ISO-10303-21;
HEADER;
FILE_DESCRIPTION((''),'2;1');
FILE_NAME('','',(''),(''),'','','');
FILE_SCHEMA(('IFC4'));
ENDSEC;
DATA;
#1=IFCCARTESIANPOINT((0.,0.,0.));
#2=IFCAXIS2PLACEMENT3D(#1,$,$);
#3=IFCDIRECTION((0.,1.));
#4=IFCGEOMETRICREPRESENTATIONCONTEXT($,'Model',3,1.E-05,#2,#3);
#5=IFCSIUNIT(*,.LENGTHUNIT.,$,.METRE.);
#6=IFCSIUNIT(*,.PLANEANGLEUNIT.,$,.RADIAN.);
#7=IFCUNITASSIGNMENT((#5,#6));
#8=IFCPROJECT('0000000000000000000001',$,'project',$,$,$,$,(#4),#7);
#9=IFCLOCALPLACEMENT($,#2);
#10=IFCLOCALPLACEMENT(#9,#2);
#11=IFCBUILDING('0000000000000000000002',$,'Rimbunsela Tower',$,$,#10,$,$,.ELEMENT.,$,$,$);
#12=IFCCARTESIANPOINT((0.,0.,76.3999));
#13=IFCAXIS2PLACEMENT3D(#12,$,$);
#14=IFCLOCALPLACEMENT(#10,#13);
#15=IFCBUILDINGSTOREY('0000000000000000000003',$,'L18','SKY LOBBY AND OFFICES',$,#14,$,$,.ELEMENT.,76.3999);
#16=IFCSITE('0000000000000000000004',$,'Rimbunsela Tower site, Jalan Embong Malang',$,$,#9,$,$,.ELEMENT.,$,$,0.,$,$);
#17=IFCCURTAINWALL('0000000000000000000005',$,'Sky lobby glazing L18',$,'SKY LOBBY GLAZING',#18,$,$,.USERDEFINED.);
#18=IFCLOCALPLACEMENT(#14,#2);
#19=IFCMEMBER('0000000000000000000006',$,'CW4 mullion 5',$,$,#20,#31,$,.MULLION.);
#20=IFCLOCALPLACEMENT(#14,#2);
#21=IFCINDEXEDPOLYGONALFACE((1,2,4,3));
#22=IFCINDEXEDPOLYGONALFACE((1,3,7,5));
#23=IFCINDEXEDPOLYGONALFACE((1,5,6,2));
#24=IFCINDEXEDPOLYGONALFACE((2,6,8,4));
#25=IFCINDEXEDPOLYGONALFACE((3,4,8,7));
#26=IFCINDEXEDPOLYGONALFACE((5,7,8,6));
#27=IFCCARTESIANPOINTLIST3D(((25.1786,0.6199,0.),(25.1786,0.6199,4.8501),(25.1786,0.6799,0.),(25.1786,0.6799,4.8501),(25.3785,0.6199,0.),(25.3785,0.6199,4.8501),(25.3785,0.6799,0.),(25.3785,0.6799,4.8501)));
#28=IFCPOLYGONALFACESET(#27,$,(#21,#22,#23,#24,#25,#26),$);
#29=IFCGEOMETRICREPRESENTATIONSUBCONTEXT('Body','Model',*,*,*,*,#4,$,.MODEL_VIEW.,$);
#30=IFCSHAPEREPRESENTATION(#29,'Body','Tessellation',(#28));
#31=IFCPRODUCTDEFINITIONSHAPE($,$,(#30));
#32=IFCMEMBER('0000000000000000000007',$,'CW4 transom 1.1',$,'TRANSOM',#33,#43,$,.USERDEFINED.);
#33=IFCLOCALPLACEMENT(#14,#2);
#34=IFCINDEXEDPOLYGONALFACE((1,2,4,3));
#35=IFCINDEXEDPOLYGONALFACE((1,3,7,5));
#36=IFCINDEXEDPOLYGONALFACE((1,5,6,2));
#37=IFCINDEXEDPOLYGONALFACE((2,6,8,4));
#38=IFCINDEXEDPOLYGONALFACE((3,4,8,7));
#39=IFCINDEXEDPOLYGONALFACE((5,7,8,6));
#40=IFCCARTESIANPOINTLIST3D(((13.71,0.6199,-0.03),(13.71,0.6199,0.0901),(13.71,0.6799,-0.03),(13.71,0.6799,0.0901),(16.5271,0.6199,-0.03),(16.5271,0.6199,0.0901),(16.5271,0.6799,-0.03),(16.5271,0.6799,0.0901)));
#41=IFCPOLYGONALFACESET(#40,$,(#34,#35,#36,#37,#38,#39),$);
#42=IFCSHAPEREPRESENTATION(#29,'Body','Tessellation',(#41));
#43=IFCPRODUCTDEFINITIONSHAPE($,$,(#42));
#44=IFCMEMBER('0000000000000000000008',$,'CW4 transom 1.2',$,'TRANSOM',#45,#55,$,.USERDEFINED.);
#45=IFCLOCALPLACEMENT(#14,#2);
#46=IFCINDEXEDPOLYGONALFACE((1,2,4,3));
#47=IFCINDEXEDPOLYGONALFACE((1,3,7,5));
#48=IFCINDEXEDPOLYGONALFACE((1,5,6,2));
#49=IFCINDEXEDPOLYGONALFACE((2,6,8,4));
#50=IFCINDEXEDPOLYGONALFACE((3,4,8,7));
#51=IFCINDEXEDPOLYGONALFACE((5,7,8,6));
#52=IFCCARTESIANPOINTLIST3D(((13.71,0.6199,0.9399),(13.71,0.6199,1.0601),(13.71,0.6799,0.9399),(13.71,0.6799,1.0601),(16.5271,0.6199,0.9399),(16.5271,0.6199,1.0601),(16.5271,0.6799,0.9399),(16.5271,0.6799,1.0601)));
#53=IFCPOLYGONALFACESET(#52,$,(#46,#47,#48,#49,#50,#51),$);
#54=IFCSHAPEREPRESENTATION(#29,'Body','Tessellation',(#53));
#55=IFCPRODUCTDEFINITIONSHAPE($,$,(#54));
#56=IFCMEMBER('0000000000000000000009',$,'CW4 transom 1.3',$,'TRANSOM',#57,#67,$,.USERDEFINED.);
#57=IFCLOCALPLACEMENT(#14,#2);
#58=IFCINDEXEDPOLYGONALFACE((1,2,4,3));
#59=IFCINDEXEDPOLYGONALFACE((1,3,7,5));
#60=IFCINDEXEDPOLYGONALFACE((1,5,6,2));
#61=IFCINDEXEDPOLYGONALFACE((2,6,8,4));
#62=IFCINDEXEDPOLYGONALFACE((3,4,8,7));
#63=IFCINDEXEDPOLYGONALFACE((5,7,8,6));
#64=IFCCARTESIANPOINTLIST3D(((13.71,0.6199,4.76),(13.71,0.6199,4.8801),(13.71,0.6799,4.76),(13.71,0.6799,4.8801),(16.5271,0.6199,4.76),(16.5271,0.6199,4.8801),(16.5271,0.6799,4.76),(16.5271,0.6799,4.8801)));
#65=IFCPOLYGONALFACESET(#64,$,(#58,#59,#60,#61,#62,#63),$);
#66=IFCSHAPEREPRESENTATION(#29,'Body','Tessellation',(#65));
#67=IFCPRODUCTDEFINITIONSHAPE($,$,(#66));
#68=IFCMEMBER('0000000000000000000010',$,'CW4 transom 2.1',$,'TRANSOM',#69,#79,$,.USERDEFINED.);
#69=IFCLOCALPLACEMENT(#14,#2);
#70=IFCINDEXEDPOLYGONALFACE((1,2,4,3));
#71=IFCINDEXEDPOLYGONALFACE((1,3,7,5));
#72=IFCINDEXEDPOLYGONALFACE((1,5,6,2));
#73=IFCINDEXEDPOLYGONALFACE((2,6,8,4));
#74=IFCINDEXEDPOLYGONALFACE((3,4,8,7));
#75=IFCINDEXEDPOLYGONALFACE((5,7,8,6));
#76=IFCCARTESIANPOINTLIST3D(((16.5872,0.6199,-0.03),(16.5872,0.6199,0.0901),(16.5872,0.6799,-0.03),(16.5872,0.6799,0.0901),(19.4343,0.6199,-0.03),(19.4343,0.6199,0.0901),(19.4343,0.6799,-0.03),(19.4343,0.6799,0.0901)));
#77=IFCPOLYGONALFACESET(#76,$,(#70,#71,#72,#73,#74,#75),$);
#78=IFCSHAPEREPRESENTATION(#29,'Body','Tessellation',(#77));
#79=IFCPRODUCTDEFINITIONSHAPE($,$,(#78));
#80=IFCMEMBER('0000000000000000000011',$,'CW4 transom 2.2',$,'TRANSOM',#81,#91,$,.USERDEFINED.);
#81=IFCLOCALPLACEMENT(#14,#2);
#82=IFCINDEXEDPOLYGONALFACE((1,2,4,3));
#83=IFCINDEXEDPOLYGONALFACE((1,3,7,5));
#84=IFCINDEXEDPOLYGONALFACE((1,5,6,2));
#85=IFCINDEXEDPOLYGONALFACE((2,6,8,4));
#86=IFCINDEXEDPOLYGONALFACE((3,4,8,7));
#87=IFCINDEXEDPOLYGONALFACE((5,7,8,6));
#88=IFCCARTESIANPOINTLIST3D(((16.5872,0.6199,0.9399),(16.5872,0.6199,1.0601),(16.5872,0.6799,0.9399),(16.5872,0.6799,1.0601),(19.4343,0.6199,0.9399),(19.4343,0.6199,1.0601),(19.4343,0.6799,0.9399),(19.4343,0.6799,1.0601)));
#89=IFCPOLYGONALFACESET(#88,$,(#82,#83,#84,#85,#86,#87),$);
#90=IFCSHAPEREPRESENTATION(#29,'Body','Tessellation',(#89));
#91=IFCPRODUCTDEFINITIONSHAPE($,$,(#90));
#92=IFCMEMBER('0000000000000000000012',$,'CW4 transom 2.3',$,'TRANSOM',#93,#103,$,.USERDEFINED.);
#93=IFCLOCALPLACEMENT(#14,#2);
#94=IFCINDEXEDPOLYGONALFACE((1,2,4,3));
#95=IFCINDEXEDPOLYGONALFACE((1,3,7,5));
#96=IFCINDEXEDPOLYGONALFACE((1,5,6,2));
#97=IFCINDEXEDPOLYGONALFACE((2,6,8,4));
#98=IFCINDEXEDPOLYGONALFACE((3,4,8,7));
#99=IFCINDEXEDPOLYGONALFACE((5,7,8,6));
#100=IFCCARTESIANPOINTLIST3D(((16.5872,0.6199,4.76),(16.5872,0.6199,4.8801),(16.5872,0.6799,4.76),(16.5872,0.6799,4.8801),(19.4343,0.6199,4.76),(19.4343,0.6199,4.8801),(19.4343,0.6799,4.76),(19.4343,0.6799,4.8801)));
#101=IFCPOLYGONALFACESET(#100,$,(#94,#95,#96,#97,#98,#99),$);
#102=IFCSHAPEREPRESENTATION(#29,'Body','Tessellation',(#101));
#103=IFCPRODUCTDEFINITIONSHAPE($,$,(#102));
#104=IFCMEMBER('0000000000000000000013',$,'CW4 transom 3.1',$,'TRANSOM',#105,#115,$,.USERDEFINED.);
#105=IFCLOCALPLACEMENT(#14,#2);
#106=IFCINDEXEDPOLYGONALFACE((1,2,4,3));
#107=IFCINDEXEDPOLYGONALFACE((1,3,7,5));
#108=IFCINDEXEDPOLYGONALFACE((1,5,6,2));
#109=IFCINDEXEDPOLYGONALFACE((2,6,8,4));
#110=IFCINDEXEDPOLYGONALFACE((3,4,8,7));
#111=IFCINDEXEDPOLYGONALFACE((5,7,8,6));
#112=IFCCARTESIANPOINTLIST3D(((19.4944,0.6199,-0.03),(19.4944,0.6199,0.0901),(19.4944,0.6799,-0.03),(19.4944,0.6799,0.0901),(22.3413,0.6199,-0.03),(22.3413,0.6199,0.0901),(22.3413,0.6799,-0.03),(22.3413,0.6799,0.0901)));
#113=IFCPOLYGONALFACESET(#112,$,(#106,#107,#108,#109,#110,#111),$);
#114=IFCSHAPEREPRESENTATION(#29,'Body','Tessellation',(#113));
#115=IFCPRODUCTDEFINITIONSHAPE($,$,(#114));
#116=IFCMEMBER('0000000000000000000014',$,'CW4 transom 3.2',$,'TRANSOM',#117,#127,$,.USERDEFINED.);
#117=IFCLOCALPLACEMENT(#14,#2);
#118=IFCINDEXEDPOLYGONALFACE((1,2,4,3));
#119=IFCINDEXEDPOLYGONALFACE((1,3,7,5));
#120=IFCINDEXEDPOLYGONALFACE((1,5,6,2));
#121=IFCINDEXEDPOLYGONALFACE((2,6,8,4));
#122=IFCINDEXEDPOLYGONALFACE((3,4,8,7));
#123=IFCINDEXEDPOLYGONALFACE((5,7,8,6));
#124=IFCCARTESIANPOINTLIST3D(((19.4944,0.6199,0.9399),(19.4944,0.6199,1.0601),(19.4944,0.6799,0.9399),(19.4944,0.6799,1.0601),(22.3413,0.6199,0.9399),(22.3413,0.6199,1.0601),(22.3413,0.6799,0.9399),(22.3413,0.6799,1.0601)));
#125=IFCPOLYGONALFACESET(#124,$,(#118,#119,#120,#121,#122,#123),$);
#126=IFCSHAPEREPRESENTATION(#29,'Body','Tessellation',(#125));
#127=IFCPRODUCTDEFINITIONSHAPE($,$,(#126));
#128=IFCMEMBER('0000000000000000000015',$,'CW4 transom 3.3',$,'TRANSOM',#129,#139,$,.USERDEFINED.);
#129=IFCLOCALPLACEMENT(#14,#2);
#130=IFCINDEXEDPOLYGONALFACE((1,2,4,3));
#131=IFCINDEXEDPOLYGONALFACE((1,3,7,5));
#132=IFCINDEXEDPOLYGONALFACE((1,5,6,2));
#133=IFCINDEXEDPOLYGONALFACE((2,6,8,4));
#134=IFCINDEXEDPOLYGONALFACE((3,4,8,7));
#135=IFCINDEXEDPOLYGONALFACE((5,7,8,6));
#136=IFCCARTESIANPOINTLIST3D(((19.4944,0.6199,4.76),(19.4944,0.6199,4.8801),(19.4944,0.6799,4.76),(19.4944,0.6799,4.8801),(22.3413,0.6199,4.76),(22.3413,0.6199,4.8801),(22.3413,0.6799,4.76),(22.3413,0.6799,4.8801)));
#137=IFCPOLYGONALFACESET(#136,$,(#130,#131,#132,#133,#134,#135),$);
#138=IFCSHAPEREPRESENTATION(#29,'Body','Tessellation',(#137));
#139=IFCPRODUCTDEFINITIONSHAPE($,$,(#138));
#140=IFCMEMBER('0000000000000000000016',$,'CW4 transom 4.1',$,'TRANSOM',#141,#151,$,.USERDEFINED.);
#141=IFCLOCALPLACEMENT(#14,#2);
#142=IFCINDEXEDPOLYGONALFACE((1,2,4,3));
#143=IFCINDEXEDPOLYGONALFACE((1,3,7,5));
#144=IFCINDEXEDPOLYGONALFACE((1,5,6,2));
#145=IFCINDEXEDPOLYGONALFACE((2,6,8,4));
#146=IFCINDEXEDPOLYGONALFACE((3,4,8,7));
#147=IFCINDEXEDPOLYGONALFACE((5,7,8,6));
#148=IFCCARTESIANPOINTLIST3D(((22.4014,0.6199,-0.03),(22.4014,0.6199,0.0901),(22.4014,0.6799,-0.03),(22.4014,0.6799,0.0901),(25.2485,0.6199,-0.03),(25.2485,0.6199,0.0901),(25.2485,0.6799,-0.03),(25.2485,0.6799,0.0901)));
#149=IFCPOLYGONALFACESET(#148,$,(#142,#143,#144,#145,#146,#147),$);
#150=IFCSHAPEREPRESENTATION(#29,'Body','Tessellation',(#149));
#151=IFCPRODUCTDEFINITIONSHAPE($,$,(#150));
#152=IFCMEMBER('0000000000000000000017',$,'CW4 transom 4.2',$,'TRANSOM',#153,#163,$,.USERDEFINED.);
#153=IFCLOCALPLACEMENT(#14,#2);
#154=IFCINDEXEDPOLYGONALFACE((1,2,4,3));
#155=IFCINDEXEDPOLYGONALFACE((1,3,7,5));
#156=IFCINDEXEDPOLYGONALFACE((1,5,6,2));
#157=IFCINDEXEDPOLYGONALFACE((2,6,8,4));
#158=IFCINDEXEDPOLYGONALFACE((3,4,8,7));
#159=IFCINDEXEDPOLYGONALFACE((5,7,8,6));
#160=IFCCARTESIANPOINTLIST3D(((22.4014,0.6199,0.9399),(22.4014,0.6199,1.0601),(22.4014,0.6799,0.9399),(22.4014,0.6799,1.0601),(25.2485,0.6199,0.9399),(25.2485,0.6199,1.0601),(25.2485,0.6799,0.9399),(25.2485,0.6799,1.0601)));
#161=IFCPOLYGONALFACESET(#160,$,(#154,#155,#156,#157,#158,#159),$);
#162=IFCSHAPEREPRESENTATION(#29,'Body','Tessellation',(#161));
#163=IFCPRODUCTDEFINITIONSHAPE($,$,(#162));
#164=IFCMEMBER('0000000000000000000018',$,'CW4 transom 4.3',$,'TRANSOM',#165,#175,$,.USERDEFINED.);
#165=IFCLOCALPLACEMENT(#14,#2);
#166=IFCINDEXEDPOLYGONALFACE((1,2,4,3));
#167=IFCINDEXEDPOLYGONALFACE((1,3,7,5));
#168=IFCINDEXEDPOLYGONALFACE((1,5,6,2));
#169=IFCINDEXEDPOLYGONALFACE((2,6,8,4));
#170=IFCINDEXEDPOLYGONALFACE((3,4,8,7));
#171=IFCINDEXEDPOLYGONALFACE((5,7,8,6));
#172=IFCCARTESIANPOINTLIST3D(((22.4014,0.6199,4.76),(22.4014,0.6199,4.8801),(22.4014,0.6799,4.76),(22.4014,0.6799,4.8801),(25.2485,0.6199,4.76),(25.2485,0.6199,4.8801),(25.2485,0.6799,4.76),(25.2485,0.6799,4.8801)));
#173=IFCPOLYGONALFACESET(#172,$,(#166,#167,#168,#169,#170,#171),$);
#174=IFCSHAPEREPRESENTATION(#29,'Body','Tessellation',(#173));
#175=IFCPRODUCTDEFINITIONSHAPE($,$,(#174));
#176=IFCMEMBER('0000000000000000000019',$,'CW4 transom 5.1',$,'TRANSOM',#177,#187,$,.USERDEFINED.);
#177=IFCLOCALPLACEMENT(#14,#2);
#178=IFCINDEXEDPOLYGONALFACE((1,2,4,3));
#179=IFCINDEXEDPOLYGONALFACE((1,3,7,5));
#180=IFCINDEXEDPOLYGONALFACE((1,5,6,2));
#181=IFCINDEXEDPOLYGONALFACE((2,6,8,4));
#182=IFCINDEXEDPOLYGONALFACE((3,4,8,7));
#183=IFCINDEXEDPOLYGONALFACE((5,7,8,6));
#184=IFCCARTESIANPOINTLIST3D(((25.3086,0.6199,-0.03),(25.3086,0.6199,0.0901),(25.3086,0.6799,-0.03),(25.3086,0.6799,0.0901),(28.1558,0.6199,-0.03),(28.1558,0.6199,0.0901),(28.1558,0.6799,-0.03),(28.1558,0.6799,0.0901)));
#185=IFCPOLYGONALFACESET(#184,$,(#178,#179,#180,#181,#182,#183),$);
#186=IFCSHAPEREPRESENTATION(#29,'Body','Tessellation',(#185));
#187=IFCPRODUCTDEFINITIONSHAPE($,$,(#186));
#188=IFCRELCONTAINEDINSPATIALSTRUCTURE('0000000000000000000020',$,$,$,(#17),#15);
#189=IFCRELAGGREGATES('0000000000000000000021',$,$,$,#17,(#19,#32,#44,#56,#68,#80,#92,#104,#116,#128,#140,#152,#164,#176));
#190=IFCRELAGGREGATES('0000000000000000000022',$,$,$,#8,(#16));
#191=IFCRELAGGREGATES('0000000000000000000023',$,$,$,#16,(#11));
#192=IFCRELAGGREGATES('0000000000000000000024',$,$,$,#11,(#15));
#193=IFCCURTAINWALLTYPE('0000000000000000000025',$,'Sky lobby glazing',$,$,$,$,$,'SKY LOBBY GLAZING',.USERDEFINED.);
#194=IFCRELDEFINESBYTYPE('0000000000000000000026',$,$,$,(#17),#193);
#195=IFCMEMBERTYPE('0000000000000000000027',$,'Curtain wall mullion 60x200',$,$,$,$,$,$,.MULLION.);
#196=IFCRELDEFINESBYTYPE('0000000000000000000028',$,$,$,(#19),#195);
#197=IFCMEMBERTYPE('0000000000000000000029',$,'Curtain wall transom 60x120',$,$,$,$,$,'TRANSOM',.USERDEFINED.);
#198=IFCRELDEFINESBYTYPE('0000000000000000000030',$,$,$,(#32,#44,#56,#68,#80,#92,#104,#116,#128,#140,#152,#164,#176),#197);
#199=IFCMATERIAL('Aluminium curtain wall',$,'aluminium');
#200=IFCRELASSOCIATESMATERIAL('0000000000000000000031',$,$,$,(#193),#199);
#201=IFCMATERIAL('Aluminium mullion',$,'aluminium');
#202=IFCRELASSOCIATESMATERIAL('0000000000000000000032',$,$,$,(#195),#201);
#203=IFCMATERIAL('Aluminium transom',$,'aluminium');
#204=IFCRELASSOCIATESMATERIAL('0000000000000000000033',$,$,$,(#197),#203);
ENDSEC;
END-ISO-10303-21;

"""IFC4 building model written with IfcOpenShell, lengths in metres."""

from ifc_helpers import new_model, si_unit, direction, frame, origin, origin_2d, place, context, subcontext, project, spatial, rectangle, extrude, material, material_profile, profile_set, type_object, element, aggregate, save


model = new_model("IFC4")

# Units and contexts
model_context = context("Model", 3, precision=1e-05, world=origin(), true_north=direction((0.0, 1.0)))
body_context = subcontext(model_context, "Body", "Model", "MODEL_VIEW")
ifc_project = project(units=[si_unit("LENGTHUNIT", "METRE"), si_unit("PLANEANGLEUNIT", "RADIAN")], contexts=[model_context])

# Site, building, storey
site_placement = place(None, origin())
site = spatial("IfcSite", under=ifc_project, at=site_placement, Name="Rimbunsela Tower site, Jalan Embong Malang", CompositionType="ELEMENT", RefElevation=0.0)
building_placement = place(site_placement, origin())
building = spatial("IfcBuilding", under=site, at=building_placement, Name="Rimbunsela Tower", CompositionType="ELEMENT")
storey_placement = place(building_placement, frame((0.0, 0.0, 76.3999)))
storey = spatial("IfcBuildingStorey", under=building, at=storey_placement, Name="L18", Description="SKY LOBBY AND OFFICES", CompositionType="ELEMENT", Elevation=76.3999)

# Curtain wall, members
ifc_material_1 = material(Name="Aluminium curtain wall", Category="aluminium")
curtain_wall_type = type_object("IfcCurtainWallType", Name="Sky lobby glazing", ElementType="SKY LOBBY GLAZING", PredefinedType="USERDEFINED", material=ifc_material_1)
curtain_wall_placement = place(storey_placement, origin())
curtain_wall = element("IfcCurtainWall", 1, at=curtain_wall_placement, inside=storey, type_object=curtain_wall_type, Name="Sky lobby glazing L18", ObjectType="SKY LOBBY GLAZING", PredefinedType="USERDEFINED")
ifc_material_2 = material(Name="Aluminium mullion", Category="aluminium")
ifc_material_profile_1 = material_profile(ifc_material_2, rectangle(XDim=0.0601, YDim=0.2, at=origin_2d()), Name="Mullion 60x200")
ifc_profile_set_1 = profile_set([ifc_material_profile_1], Name="Aluminium mullion")
member_type_1 = type_object("IfcMemberType", Name="Curtain wall mullion 60x200", PredefinedType="MULLION", material=ifc_profile_set_1)
member_1_placement = place(storey_placement, frame((25.2786, 0.6499, 0.0), z_axis=(0.0, 0.0, 1.0), x_axis=(0.0, 1.0, 0.0)))
member_1 = element("IfcMember", 2, at=member_1_placement, type_object=member_type_1, Name="CW4 mullion 5", PredefinedType="MULLION", context=body_context, shape_type="SweptSolid", body=[
    extrude(rectangle(XDim=0.0601, YDim=0.2, at=origin_2d()), origin(), (0.0, 0.0, 1.0), 4.8501),
])
ifc_material_3 = material(Name="Aluminium transom", Category="aluminium")
ifc_material_profile_2 = material_profile(ifc_material_3, rectangle(XDim=0.0601, YDim=0.1201, at=origin_2d()), Name="Transom 60x120")
ifc_profile_set_2 = profile_set([ifc_material_profile_2], Name="Aluminium transom")
member_type_2 = type_object("IfcMemberType", Name="Curtain wall transom 60x120", ElementType="TRANSOM", PredefinedType="USERDEFINED", material=ifc_profile_set_2)
member_2_placement = place(storey_placement, frame((13.71, 0.6499, 0.03), z_axis=(1.0, 0.0, 0.0), x_axis=(0.0, 1.0, 0.0)))
member_2 = element("IfcMember", 3, at=member_2_placement, type_object=member_type_2, Name="CW4 transom 1.1", ObjectType="TRANSOM", PredefinedType="USERDEFINED", context=body_context, shape_type="SweptSolid", body=[
    extrude(rectangle(XDim=0.0601, YDim=0.1201, at=origin_2d()), origin(), (0.0, 0.0, 1.0), 2.8171),
])
member_3_placement = place(storey_placement, frame((13.71, 0.6499, 1.0), z_axis=(1.0, 0.0, 0.0), x_axis=(0.0, 1.0, 0.0)))
member_3 = element("IfcMember", 4, at=member_3_placement, type_object=member_type_2, Name="CW4 transom 1.2", ObjectType="TRANSOM", PredefinedType="USERDEFINED", context=body_context, shape_type="SweptSolid", body=[
    extrude(rectangle(XDim=0.0601, YDim=0.1201, at=origin_2d()), origin(), (0.0, 0.0, 1.0), 2.8171),
])
member_4_placement = place(storey_placement, frame((13.71, 0.6499, 4.8201), z_axis=(1.0, 0.0, 0.0), x_axis=(0.0, 1.0, 0.0)))
member_4 = element("IfcMember", 5, at=member_4_placement, type_object=member_type_2, Name="CW4 transom 1.3", ObjectType="TRANSOM", PredefinedType="USERDEFINED", context=body_context, shape_type="SweptSolid", body=[
    extrude(rectangle(XDim=0.0601, YDim=0.1201, at=origin_2d()), origin(), (0.0, 0.0, 1.0), 2.8171),
])
member_5_placement = place(storey_placement, frame((16.5872, 0.6499, 0.03), z_axis=(1.0, 0.0, 0.0), x_axis=(0.0, 1.0, 0.0)))
member_5 = element("IfcMember", 6, at=member_5_placement, type_object=member_type_2, Name="CW4 transom 2.1", ObjectType="TRANSOM", PredefinedType="USERDEFINED", context=body_context, shape_type="SweptSolid", body=[
    extrude(rectangle(XDim=0.0601, YDim=0.1201, at=origin_2d()), origin(), (0.0, 0.0, 1.0), 2.8472),
])
member_6_placement = place(storey_placement, frame((16.5872, 0.6499, 1.0), z_axis=(1.0, 0.0, 0.0), x_axis=(0.0, 1.0, 0.0)))
member_6 = element("IfcMember", 7, at=member_6_placement, type_object=member_type_2, Name="CW4 transom 2.2", ObjectType="TRANSOM", PredefinedType="USERDEFINED", context=body_context, shape_type="SweptSolid", body=[
    extrude(rectangle(XDim=0.0601, YDim=0.1201, at=origin_2d()), origin(), (0.0, 0.0, 1.0), 2.8472),
])
member_7_placement = place(storey_placement, frame((16.5872, 0.6499, 4.8201), z_axis=(1.0, 0.0, 0.0), x_axis=(0.0, 1.0, 0.0)))
member_7 = element("IfcMember", 8, at=member_7_placement, type_object=member_type_2, Name="CW4 transom 2.3", ObjectType="TRANSOM", PredefinedType="USERDEFINED", context=body_context, shape_type="SweptSolid", body=[
    extrude(rectangle(XDim=0.0601, YDim=0.1201, at=origin_2d()), origin(), (0.0, 0.0, 1.0), 2.8472),
])
member_8_placement = place(storey_placement, frame((19.4944, 0.6499, 0.03), z_axis=(1.0, 0.0, 0.0), x_axis=(0.0, 1.0, 0.0)))
member_8 = element("IfcMember", 9, at=member_8_placement, type_object=member_type_2, Name="CW4 transom 3.1", ObjectType="TRANSOM", PredefinedType="USERDEFINED", context=body_context, shape_type="SweptSolid", body=[
    extrude(rectangle(XDim=0.0601, YDim=0.1201, at=origin_2d()), origin(), (0.0, 0.0, 1.0), 2.8469),
])
member_9_placement = place(storey_placement, frame((19.4944, 0.6499, 1.0), z_axis=(1.0, 0.0, 0.0), x_axis=(0.0, 1.0, 0.0)))
member_9 = element("IfcMember", 10, at=member_9_placement, type_object=member_type_2, Name="CW4 transom 3.2", ObjectType="TRANSOM", PredefinedType="USERDEFINED", context=body_context, shape_type="SweptSolid", body=[
    extrude(rectangle(XDim=0.0601, YDim=0.1201, at=origin_2d()), origin(), (0.0, 0.0, 1.0), 2.8469),
])
member_10_placement = place(storey_placement, frame((19.4944, 0.6499, 4.8201), z_axis=(1.0, 0.0, 0.0), x_axis=(0.0, 1.0, 0.0)))
member_10 = element("IfcMember", 11, at=member_10_placement, type_object=member_type_2, Name="CW4 transom 3.3", ObjectType="TRANSOM", PredefinedType="USERDEFINED", context=body_context, shape_type="SweptSolid", body=[
    extrude(rectangle(XDim=0.0601, YDim=0.1201, at=origin_2d()), origin(), (0.0, 0.0, 1.0), 2.8469),
])
member_11_placement = place(storey_placement, frame((22.4014, 0.6499, 0.03), z_axis=(1.0, 0.0, 0.0), x_axis=(0.0, 1.0, 0.0)))
member_11 = element("IfcMember", 12, at=member_11_placement, type_object=member_type_2, Name="CW4 transom 4.1", ObjectType="TRANSOM", PredefinedType="USERDEFINED", context=body_context, shape_type="SweptSolid", body=[
    extrude(rectangle(XDim=0.0601, YDim=0.1201, at=origin_2d()), origin(), (0.0, 0.0, 1.0), 2.8472),
])
member_12_placement = place(storey_placement, frame((22.4014, 0.6499, 1.0), z_axis=(1.0, 0.0, 0.0), x_axis=(0.0, 1.0, 0.0)))
member_12 = element("IfcMember", 13, at=member_12_placement, type_object=member_type_2, Name="CW4 transom 4.2", ObjectType="TRANSOM", PredefinedType="USERDEFINED", context=body_context, shape_type="SweptSolid", body=[
    extrude(rectangle(XDim=0.0601, YDim=0.1201, at=origin_2d()), origin(), (0.0, 0.0, 1.0), 2.8472),
])
member_13_placement = place(storey_placement, frame((22.4014, 0.6499, 4.8201), z_axis=(1.0, 0.0, 0.0), x_axis=(0.0, 1.0, 0.0)))
member_13 = element("IfcMember", 14, at=member_13_placement, type_object=member_type_2, Name="CW4 transom 4.3", ObjectType="TRANSOM", PredefinedType="USERDEFINED", context=body_context, shape_type="SweptSolid", body=[
    extrude(rectangle(XDim=0.0601, YDim=0.1201, at=origin_2d()), origin(), (0.0, 0.0, 1.0), 2.8472),
])
member_14_placement = place(storey_placement, frame((25.3086, 0.6499, 0.03), z_axis=(1.0, 0.0, 0.0), x_axis=(0.0, 1.0, 0.0)))
member_14 = element("IfcMember", 15, at=member_14_placement, type_object=member_type_2, Name="CW4 transom 5.1", ObjectType="TRANSOM", PredefinedType="USERDEFINED", context=body_context, shape_type="SweptSolid", body=[
    extrude(rectangle(XDim=0.0601, YDim=0.1201, at=origin_2d()), origin(), (0.0, 0.0, 1.0), 2.8472),
])
aggregate(curtain_wall, [member_1, member_2, member_3, member_4, member_5, member_6, member_7, member_8, member_9, member_10, member_11, member_12, member_13, member_14])

save(model, "model.ifc")
